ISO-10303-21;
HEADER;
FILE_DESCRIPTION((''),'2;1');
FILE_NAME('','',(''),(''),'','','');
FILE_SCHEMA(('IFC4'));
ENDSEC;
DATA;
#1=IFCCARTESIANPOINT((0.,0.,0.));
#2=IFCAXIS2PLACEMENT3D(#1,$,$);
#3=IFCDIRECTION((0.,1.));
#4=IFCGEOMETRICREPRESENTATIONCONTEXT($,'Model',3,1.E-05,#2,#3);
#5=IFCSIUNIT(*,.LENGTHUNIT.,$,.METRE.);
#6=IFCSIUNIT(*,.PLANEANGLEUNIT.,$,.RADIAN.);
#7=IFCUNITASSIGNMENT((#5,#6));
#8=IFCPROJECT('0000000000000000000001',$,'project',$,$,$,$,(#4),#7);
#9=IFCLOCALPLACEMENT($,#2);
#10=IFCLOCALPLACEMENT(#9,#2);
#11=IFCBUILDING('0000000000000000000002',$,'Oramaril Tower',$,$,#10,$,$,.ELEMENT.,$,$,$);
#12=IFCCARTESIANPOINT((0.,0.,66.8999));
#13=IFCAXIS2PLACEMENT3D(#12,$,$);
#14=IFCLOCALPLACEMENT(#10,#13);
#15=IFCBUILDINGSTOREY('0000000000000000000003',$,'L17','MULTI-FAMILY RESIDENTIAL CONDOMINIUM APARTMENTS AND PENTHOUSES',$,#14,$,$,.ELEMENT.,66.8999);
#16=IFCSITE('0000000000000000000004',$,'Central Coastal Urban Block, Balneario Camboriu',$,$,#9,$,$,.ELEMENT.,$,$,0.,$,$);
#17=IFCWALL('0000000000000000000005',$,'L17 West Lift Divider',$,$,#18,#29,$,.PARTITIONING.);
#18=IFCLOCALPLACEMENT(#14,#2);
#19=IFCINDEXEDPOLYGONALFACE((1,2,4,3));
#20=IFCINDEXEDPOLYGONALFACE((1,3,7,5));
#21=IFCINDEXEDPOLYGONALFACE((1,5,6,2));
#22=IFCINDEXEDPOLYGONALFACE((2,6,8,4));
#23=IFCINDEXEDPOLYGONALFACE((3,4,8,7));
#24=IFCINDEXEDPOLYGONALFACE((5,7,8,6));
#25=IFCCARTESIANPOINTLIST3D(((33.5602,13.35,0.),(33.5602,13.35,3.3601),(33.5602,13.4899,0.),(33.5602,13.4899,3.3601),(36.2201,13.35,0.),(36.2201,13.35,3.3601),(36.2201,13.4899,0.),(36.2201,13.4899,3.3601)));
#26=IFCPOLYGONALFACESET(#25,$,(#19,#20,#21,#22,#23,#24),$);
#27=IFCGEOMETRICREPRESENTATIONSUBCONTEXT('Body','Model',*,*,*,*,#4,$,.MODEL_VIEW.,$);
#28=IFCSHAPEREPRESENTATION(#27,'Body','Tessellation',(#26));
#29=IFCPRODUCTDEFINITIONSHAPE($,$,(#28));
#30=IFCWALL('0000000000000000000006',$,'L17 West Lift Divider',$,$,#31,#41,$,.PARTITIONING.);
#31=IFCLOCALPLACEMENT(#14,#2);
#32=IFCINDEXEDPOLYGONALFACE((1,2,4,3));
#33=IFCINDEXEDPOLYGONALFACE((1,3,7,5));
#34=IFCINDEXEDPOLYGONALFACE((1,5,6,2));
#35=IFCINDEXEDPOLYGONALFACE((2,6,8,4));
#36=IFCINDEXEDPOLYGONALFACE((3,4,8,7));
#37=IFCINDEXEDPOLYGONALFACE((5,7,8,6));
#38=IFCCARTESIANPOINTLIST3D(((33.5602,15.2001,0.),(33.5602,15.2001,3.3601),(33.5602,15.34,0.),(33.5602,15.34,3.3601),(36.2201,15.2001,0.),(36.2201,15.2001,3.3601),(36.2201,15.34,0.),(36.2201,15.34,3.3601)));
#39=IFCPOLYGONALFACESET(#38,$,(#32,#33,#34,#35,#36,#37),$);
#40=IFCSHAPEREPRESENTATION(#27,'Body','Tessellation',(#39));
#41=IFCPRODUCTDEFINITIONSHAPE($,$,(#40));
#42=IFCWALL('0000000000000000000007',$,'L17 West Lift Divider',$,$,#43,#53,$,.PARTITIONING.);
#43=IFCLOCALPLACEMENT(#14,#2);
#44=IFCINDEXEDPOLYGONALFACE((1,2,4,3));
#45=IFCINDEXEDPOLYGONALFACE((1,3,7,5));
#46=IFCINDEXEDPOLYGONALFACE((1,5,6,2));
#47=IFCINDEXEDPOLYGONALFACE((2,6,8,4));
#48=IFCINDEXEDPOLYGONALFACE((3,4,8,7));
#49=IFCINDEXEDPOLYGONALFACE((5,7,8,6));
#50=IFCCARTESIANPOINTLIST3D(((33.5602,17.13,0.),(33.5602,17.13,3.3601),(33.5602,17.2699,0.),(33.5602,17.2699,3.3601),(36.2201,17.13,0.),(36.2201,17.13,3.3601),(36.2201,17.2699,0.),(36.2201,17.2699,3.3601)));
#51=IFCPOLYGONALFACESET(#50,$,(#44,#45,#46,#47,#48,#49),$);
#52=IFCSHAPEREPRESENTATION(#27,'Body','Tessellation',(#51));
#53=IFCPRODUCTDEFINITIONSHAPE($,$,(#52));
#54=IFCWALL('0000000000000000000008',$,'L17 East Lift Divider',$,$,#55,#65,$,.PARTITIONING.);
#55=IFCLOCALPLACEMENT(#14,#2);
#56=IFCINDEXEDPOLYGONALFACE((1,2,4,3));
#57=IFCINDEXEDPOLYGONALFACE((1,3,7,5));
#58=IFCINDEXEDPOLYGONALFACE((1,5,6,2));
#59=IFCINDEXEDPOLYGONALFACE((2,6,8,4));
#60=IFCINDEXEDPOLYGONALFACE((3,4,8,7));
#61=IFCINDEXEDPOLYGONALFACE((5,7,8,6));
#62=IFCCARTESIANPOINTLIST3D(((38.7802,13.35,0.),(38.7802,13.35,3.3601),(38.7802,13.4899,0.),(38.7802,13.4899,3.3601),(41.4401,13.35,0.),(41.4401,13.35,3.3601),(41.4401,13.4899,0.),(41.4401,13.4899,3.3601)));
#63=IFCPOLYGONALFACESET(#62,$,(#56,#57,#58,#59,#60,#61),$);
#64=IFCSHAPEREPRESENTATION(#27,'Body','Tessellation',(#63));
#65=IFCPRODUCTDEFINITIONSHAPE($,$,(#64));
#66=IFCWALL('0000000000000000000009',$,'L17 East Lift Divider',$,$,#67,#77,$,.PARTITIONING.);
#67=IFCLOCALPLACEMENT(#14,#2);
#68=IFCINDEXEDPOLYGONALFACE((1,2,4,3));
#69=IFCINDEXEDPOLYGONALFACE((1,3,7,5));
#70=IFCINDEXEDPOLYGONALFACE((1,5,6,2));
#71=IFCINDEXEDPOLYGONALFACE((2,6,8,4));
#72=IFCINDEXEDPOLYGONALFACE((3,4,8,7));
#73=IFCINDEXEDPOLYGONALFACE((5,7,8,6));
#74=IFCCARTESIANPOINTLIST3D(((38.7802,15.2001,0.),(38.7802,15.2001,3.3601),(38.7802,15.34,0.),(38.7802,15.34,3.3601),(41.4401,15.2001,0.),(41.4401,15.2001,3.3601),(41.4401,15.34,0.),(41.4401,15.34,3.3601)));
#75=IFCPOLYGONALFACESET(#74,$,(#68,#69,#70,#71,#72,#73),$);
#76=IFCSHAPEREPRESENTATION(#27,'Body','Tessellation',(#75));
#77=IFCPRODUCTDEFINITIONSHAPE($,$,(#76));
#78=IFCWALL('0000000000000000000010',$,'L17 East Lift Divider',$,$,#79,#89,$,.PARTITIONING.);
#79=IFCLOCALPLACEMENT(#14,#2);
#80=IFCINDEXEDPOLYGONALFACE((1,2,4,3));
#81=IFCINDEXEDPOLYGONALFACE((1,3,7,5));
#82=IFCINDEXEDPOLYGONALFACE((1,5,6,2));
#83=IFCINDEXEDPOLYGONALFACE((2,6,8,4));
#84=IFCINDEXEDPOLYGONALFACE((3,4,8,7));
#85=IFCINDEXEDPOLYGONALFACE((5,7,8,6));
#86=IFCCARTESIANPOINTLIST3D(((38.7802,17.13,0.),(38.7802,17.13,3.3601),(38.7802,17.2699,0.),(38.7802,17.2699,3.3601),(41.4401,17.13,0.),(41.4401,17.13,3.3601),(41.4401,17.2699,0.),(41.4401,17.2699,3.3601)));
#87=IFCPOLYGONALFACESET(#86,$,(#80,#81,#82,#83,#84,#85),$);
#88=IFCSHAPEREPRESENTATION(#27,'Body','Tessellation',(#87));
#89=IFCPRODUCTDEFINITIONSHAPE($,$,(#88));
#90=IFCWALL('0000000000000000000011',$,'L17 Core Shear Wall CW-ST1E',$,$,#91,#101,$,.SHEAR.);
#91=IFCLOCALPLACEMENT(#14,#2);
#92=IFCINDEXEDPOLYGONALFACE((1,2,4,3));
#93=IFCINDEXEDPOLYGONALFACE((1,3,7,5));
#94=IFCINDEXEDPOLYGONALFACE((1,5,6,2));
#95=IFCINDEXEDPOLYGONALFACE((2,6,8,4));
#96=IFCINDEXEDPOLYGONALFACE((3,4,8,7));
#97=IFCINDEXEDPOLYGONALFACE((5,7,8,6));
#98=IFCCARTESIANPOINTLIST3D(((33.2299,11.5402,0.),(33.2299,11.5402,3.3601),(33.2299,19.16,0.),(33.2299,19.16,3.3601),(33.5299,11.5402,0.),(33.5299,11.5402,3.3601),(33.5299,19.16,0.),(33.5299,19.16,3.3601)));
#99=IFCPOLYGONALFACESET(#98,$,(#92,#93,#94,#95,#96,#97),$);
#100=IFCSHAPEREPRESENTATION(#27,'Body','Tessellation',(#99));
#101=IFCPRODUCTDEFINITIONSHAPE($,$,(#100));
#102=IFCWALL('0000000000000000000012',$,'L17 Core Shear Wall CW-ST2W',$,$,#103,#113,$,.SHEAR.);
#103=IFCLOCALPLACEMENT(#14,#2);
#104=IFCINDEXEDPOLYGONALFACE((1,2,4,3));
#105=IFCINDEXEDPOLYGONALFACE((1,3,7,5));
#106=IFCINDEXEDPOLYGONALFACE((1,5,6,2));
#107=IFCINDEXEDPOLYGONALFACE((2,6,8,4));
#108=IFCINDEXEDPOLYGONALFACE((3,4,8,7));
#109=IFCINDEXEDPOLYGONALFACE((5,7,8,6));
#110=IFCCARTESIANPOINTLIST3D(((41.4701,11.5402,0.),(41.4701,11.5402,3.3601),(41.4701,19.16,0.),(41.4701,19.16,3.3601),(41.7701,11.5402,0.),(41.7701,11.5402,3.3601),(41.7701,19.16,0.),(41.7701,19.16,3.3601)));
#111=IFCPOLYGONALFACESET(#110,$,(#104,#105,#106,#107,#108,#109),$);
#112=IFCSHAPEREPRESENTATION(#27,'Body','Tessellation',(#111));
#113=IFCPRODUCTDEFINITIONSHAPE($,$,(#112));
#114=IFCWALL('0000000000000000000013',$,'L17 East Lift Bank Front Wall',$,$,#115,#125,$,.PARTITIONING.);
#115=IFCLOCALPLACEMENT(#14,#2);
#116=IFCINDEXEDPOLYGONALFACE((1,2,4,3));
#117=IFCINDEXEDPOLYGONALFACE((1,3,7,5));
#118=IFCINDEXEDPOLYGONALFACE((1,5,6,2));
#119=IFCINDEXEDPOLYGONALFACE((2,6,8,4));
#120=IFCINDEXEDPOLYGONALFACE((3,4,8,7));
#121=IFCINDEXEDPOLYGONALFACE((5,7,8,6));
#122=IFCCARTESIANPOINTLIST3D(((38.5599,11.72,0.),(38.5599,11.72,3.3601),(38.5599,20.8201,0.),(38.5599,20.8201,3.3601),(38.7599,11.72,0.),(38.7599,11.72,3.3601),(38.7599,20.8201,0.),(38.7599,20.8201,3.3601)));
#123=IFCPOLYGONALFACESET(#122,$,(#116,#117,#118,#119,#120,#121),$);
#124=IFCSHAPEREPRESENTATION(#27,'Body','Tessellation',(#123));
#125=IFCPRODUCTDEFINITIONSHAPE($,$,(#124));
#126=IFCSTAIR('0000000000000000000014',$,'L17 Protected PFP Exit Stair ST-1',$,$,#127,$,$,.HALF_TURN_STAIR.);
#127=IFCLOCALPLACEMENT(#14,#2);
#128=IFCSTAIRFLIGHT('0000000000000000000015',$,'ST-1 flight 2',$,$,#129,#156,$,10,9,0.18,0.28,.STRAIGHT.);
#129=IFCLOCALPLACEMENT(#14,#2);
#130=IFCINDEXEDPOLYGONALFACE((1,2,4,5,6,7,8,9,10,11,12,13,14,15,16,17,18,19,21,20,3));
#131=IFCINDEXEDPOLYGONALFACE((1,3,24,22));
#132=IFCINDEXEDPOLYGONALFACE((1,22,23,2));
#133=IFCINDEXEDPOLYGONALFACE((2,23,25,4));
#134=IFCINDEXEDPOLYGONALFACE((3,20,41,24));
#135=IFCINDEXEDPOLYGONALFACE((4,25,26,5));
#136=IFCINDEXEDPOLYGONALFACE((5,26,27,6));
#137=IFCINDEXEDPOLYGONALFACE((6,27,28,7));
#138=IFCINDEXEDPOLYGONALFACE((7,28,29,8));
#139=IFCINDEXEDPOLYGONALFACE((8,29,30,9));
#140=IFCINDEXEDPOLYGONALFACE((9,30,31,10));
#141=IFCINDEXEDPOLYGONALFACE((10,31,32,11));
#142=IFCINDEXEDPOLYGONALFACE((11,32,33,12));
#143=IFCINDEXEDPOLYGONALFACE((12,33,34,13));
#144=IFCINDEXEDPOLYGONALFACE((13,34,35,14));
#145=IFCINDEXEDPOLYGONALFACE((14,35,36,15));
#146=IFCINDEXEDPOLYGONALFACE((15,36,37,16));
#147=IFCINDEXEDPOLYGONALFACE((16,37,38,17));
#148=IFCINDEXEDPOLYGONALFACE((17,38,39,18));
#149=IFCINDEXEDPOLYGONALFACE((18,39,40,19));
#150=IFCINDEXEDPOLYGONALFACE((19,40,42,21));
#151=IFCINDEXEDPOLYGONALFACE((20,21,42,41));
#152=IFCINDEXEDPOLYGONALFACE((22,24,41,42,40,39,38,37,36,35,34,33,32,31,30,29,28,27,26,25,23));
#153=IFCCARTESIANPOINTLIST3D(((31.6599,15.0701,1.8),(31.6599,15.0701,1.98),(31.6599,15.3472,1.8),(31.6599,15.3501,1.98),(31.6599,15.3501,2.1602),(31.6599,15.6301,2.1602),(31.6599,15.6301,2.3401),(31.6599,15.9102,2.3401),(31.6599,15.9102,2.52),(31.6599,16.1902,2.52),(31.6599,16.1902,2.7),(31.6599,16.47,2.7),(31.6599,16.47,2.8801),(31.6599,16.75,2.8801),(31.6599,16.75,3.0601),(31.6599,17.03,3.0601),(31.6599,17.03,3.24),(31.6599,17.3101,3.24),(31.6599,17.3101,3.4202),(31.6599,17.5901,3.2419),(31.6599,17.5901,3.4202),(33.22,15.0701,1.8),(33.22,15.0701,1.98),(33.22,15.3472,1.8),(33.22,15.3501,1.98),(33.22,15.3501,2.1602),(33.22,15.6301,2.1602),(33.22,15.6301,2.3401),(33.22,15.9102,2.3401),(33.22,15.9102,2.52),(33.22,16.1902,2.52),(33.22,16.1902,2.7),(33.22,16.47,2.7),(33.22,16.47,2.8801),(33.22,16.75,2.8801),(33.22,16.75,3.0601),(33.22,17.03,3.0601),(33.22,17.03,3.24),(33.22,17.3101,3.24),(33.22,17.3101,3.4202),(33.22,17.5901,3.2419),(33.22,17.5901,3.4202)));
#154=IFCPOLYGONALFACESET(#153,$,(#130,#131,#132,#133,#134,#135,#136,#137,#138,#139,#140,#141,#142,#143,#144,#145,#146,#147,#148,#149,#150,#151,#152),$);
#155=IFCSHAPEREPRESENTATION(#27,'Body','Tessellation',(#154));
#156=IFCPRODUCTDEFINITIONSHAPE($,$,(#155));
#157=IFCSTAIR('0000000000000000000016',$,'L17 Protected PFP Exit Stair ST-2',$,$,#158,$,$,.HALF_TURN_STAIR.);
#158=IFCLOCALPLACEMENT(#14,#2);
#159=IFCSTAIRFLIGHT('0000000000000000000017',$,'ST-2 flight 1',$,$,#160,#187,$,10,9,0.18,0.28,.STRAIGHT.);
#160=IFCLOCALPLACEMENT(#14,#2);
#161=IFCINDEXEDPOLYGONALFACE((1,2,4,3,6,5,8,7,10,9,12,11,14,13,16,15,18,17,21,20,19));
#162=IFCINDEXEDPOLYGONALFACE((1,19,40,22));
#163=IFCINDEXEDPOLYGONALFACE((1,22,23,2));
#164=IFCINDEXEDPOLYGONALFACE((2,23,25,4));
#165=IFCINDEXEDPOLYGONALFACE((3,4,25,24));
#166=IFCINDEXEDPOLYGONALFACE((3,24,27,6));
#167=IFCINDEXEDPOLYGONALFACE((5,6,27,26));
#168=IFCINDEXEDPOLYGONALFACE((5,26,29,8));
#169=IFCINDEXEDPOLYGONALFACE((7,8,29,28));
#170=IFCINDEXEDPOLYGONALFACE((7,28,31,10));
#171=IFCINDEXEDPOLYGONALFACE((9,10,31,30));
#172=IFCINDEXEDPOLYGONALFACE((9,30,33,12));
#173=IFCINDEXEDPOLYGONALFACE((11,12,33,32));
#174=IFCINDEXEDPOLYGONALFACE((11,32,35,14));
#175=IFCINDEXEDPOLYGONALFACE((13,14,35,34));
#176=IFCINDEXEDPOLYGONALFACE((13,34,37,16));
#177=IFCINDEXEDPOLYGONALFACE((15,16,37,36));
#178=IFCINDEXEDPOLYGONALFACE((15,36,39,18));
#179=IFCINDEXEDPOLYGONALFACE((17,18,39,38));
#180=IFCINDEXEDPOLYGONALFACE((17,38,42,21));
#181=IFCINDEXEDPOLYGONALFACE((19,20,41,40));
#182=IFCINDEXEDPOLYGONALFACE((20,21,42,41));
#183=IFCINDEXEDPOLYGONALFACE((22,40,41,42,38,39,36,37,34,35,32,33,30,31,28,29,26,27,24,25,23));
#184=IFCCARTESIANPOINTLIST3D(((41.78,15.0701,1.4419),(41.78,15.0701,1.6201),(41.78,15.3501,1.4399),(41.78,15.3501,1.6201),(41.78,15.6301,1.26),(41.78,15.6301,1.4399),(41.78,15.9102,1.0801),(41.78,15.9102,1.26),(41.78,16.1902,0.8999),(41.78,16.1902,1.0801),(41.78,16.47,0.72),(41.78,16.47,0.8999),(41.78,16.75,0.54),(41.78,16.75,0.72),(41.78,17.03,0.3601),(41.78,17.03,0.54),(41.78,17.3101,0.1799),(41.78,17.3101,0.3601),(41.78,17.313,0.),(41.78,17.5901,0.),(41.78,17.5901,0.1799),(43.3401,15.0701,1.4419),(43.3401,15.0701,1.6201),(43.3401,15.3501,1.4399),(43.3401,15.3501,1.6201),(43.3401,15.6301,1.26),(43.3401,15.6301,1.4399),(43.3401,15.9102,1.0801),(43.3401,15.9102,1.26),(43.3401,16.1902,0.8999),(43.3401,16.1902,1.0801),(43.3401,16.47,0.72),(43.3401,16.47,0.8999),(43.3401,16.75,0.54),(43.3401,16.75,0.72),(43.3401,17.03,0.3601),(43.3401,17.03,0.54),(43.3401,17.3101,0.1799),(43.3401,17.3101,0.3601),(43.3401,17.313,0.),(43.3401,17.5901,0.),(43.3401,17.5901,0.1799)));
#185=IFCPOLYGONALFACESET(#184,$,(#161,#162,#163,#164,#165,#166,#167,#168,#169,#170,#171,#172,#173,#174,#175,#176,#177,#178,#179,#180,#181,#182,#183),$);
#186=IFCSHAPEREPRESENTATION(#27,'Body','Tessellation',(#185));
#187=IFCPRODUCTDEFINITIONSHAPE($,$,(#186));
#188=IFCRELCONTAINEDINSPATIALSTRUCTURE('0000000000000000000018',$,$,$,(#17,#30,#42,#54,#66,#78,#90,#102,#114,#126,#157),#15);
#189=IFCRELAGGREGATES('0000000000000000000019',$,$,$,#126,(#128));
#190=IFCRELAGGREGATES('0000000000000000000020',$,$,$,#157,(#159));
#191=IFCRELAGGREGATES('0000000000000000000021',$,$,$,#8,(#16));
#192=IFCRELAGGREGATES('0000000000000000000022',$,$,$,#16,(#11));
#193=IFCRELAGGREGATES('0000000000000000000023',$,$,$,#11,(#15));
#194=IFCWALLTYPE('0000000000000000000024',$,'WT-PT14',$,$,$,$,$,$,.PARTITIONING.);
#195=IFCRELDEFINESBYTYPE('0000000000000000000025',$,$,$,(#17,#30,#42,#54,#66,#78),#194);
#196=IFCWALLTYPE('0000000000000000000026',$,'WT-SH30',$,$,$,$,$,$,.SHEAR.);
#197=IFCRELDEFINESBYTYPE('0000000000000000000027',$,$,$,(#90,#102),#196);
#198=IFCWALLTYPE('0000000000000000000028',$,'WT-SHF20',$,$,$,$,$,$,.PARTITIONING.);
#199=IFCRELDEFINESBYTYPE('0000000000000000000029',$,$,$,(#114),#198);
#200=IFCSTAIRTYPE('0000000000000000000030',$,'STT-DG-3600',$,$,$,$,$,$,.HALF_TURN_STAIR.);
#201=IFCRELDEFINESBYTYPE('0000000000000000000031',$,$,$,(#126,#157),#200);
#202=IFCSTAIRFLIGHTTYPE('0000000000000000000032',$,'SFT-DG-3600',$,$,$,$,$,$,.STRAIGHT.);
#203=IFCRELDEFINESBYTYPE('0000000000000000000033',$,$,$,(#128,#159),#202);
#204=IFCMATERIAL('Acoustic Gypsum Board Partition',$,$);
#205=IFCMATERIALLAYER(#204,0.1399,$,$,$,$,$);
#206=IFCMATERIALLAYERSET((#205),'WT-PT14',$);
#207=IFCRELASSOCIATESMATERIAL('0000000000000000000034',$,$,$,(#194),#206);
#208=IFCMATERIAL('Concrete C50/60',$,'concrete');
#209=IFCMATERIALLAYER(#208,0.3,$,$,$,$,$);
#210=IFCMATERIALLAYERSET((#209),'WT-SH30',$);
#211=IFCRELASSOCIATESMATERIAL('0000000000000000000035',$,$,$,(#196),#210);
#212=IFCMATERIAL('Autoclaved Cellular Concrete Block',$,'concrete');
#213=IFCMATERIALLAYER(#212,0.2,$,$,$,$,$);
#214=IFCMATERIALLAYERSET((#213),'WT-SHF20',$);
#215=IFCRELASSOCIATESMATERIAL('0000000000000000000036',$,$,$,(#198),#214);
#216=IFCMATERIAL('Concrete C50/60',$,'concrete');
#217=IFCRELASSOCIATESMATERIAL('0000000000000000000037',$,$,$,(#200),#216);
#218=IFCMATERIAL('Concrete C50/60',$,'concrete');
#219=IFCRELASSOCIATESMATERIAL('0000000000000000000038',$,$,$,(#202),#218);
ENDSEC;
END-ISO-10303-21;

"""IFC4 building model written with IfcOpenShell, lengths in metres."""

from ifc_helpers import new_model, si_unit, direction, frame, frame_2d, origin, place, context, subcontext, project, spatial, polyline, rectangle, outline, extrude, material, layer, layer_set, type_object, element, aggregate, save


model = new_model("IFC4")

# Units and contexts
model_context = context("Model", 3, precision=1e-05, world=origin(), true_north=direction((0.0, 1.0)))
body_context = subcontext(model_context, "Body", "Model", "MODEL_VIEW")
ifc_project = project(units=[si_unit("LENGTHUNIT", "METRE"), si_unit("PLANEANGLEUNIT", "RADIAN")], contexts=[model_context])

# Site, building, storey
site_placement = place(None, origin())
site = spatial("IfcSite", under=ifc_project, at=site_placement, Name="Central Coastal Urban Block, Balneario Camboriu", CompositionType="ELEMENT", RefElevation=0.0)
building_placement = place(site_placement, origin())
building = spatial("IfcBuilding", under=site, at=building_placement, Name="Oramaril Tower", CompositionType="ELEMENT")
storey_placement = place(building_placement, frame((0.0, 0.0, 66.8999)))
storey = spatial("IfcBuildingStorey", under=building, at=storey_placement, Name="L17", Description="MULTI-FAMILY RESIDENTIAL CONDOMINIUM APARTMENTS AND PENTHOUSES", CompositionType="ELEMENT", Elevation=66.8999)

# Walls
ifc_material_1 = material(Name="Acoustic Gypsum Board Partition")
ifc_layer_1 = layer(ifc_material_1, 0.1399)
ifc_layer_set_1 = layer_set([ifc_layer_1], Name="WT-PT14")
wall_type_1 = type_object("IfcWallType", Name="WT-PT14", PredefinedType="PARTITIONING", material=ifc_layer_set_1)
for number, where, z_axis, x_axis, name in (
    (1, (33.5601, 13.4199, 0.0), (0.0, 0.0, 1.0), (1.0, 0.0, 0.0), "L17 West Lift Divider"),
    (2, (33.5601, 15.27, 0.0), (0.0, 0.0, 1.0), (1.0, 0.0, 0.0), "L17 West Lift Divider"),
    (3, (33.5601, 17.2, 0.0), (0.0, 0.0, 1.0), (1.0, 0.0, 0.0), "L17 West Lift Divider"),
    (4, (38.78, 13.4199, 0.0), (0.0, 0.0, 1.0), (1.0, 0.0, 0.0), "L17 East Lift Divider"),
    (5, (38.78, 15.27, 0.0), (0.0, 0.0, 1.0), (1.0, 0.0, 0.0), "L17 East Lift Divider"),
    (6, (38.78, 17.2, 0.0), (0.0, 0.0, 1.0), (1.0, 0.0, 0.0), "L17 East Lift Divider"),
):
    element("IfcWall", number, at=place(storey_placement, frame(where, z_axis=z_axis, x_axis=x_axis)), inside=storey, type_object=wall_type_1, Name=name, PredefinedType="PARTITIONING", context=body_context, shape_type="SweptSolid", body=[
        extrude(rectangle(XDim=2.6599, YDim=0.1399, at=frame_2d((1.3301, 0.0))), origin(), (0.0, 0.0, 1.0), 3.3601),
    ])
ifc_material_2 = material(Name="Concrete C50/60", Category="concrete")
ifc_layer_2 = layer(ifc_material_2, 0.3)
ifc_layer_set_2 = layer_set([ifc_layer_2], Name="WT-SH30")
wall_type_2 = type_object("IfcWallType", Name="WT-SH30", PredefinedType="SHEAR", material=ifc_layer_set_2)
for number, where, z_axis, x_axis, name in (
    (7, (33.3799, 11.54, 0.0), (0.0, 0.0, 1.0), (0.0, 1.0, 0.0), "L17 Core Shear Wall CW-ST1E"),
    (8, (41.6201, 11.54, 0.0), (0.0, 0.0, 1.0), (0.0, 1.0, 0.0), "L17 Core Shear Wall CW-ST2W"),
):
    element("IfcWall", number, at=place(storey_placement, frame(where, z_axis=z_axis, x_axis=x_axis)), inside=storey, type_object=wall_type_2, Name=name, PredefinedType="SHEAR", context=body_context, shape_type="SweptSolid", body=[
        extrude(rectangle(XDim=7.6199, YDim=0.3, at=frame_2d((3.8101, 0.0))), origin(), (0.0, 0.0, 1.0), 3.3601),
    ])

# Shared definitions
ifc_material_3 = material(Name="Autoclaved Cellular Concrete Block", Category="concrete")
ifc_layer_3 = layer(ifc_material_3, 0.2)
ifc_layer_set_3 = layer_set([ifc_layer_3], Name="WT-SHF20")
wall_type_3 = type_object("IfcWallType", Name="WT-SHF20", PredefinedType="PARTITIONING", material=ifc_layer_set_3)

# Wall
wall_1_placement = place(storey_placement, frame((38.6599, 11.72, 0.0), z_axis=(0.0, 0.0, 1.0), x_axis=(0.0, 1.0, 0.0)))
element("IfcWall", 9, at=wall_1_placement, inside=storey, type_object=wall_type_3, Name="L17 East Lift Bank Front Wall", PredefinedType="PARTITIONING", context=body_context, shape_type="SweptSolid", body=[
    extrude(rectangle(XDim=9.1001, YDim=0.2, at=frame_2d((4.55, 0.0))), origin(), (0.0, 0.0, 1.0), 3.3601),
])

# Stair, stair flight
ifc_material_4 = material(Name="Concrete C50/60", Category="concrete")
stair_type = type_object("IfcStairType", Name="STT-DG-3600", PredefinedType="HALF_TURN_STAIR", material=ifc_material_4)
stair_1_placement = place(storey_placement, origin())
stair_1 = element("IfcStair", 10, at=stair_1_placement, inside=storey, type_object=stair_type, Name="L17 Protected PFP Exit Stair ST-1", PredefinedType="HALF_TURN_STAIR")
ifc_material_5 = material(Name="Concrete C50/60", Category="concrete")
stair_flight_type = type_object("IfcStairFlightType", Name="SFT-DG-3600", PredefinedType="STRAIGHT", material=ifc_material_5)
stair_flight_1_placement = place(storey_placement, frame((32.4399, 15.0701, 1.8), z_axis=(0.0, 0.0, 1.0), x_axis=(0.0, 1.0, 0.0)))
stair_flight_1 = element("IfcStairFlight", 11, at=stair_flight_1_placement, type_object=stair_flight_type, Name="ST-1 flight 2", NumberOfRisers=10, NumberOfTreads=9, PredefinedType="STRAIGHT", RiserHeight=0.18, TreadLength=0.28, context=body_context, shape_type="SweptSolid", body=[
    extrude(outline(polyline([(0.0, 0.0), (0.0, 0.1799), (0.28, 0.1799), (0.28, 0.3601), (0.5601, 0.3601), (0.5601, 0.54), (0.8401, 0.54), (0.8401, 0.72), (1.1201, 0.72), (1.1201, 0.8999), (1.3999, 0.8999), (1.3999, 1.0801), (1.6799, 1.0801), (1.6799, 1.26), (1.96, 1.26), (1.96, 1.4399), (2.24, 1.4399), (2.24, 1.6201), (2.52, 1.6201), (2.52, 1.8), (2.52, 1.4419), (0.2771, 0.0), (0.0, 0.0)])), frame((0.0, 0.78, 0.0), z_axis=(0.0, -1.0, 0.0), x_axis=(1.0, 0.0, 0.0)), (0.0, 0.0, 1.0), 1.5601),
])
aggregate(stair_1, [stair_flight_1])

# Stair, stair flight
stair_2_placement = place(storey_placement, origin())
stair_2 = element("IfcStair", 12, at=stair_2_placement, inside=storey, type_object=stair_type, Name="L17 Protected PFP Exit Stair ST-2", PredefinedType="HALF_TURN_STAIR")
stair_flight_2_placement = place(storey_placement, frame((42.5601, 17.5901, 0.0), z_axis=(0.0, 0.0, 1.0), x_axis=(0.0, -1.0, 0.0)))
stair_flight_2 = element("IfcStairFlight", 13, at=stair_flight_2_placement, type_object=stair_flight_type, Name="ST-2 flight 1", NumberOfRisers=10, NumberOfTreads=9, PredefinedType="STRAIGHT", RiserHeight=0.18, TreadLength=0.28, context=body_context, shape_type="SweptSolid", body=[
    extrude(outline(polyline([(0.0, 0.0), (0.0, 0.1799), (0.28, 0.1799), (0.28, 0.3601), (0.5601, 0.3601), (0.5601, 0.54), (0.8401, 0.54), (0.8401, 0.72), (1.1201, 0.72), (1.1201, 0.8999), (1.3999, 0.8999), (1.3999, 1.0801), (1.6799, 1.0801), (1.6799, 1.26), (1.96, 1.26), (1.96, 1.4399), (2.24, 1.4399), (2.24, 1.6201), (2.52, 1.6201), (2.52, 1.8), (2.52, 1.4419), (0.2771, 0.0), (0.0, 0.0)])), frame((0.0, 0.78, 0.0), z_axis=(0.0, -1.0, 0.0), x_axis=(1.0, 0.0, 0.0)), (0.0, 0.0, 1.0), 1.5601),
])
aggregate(stair_2, [stair_flight_2])

save(model, "model.ifc")
